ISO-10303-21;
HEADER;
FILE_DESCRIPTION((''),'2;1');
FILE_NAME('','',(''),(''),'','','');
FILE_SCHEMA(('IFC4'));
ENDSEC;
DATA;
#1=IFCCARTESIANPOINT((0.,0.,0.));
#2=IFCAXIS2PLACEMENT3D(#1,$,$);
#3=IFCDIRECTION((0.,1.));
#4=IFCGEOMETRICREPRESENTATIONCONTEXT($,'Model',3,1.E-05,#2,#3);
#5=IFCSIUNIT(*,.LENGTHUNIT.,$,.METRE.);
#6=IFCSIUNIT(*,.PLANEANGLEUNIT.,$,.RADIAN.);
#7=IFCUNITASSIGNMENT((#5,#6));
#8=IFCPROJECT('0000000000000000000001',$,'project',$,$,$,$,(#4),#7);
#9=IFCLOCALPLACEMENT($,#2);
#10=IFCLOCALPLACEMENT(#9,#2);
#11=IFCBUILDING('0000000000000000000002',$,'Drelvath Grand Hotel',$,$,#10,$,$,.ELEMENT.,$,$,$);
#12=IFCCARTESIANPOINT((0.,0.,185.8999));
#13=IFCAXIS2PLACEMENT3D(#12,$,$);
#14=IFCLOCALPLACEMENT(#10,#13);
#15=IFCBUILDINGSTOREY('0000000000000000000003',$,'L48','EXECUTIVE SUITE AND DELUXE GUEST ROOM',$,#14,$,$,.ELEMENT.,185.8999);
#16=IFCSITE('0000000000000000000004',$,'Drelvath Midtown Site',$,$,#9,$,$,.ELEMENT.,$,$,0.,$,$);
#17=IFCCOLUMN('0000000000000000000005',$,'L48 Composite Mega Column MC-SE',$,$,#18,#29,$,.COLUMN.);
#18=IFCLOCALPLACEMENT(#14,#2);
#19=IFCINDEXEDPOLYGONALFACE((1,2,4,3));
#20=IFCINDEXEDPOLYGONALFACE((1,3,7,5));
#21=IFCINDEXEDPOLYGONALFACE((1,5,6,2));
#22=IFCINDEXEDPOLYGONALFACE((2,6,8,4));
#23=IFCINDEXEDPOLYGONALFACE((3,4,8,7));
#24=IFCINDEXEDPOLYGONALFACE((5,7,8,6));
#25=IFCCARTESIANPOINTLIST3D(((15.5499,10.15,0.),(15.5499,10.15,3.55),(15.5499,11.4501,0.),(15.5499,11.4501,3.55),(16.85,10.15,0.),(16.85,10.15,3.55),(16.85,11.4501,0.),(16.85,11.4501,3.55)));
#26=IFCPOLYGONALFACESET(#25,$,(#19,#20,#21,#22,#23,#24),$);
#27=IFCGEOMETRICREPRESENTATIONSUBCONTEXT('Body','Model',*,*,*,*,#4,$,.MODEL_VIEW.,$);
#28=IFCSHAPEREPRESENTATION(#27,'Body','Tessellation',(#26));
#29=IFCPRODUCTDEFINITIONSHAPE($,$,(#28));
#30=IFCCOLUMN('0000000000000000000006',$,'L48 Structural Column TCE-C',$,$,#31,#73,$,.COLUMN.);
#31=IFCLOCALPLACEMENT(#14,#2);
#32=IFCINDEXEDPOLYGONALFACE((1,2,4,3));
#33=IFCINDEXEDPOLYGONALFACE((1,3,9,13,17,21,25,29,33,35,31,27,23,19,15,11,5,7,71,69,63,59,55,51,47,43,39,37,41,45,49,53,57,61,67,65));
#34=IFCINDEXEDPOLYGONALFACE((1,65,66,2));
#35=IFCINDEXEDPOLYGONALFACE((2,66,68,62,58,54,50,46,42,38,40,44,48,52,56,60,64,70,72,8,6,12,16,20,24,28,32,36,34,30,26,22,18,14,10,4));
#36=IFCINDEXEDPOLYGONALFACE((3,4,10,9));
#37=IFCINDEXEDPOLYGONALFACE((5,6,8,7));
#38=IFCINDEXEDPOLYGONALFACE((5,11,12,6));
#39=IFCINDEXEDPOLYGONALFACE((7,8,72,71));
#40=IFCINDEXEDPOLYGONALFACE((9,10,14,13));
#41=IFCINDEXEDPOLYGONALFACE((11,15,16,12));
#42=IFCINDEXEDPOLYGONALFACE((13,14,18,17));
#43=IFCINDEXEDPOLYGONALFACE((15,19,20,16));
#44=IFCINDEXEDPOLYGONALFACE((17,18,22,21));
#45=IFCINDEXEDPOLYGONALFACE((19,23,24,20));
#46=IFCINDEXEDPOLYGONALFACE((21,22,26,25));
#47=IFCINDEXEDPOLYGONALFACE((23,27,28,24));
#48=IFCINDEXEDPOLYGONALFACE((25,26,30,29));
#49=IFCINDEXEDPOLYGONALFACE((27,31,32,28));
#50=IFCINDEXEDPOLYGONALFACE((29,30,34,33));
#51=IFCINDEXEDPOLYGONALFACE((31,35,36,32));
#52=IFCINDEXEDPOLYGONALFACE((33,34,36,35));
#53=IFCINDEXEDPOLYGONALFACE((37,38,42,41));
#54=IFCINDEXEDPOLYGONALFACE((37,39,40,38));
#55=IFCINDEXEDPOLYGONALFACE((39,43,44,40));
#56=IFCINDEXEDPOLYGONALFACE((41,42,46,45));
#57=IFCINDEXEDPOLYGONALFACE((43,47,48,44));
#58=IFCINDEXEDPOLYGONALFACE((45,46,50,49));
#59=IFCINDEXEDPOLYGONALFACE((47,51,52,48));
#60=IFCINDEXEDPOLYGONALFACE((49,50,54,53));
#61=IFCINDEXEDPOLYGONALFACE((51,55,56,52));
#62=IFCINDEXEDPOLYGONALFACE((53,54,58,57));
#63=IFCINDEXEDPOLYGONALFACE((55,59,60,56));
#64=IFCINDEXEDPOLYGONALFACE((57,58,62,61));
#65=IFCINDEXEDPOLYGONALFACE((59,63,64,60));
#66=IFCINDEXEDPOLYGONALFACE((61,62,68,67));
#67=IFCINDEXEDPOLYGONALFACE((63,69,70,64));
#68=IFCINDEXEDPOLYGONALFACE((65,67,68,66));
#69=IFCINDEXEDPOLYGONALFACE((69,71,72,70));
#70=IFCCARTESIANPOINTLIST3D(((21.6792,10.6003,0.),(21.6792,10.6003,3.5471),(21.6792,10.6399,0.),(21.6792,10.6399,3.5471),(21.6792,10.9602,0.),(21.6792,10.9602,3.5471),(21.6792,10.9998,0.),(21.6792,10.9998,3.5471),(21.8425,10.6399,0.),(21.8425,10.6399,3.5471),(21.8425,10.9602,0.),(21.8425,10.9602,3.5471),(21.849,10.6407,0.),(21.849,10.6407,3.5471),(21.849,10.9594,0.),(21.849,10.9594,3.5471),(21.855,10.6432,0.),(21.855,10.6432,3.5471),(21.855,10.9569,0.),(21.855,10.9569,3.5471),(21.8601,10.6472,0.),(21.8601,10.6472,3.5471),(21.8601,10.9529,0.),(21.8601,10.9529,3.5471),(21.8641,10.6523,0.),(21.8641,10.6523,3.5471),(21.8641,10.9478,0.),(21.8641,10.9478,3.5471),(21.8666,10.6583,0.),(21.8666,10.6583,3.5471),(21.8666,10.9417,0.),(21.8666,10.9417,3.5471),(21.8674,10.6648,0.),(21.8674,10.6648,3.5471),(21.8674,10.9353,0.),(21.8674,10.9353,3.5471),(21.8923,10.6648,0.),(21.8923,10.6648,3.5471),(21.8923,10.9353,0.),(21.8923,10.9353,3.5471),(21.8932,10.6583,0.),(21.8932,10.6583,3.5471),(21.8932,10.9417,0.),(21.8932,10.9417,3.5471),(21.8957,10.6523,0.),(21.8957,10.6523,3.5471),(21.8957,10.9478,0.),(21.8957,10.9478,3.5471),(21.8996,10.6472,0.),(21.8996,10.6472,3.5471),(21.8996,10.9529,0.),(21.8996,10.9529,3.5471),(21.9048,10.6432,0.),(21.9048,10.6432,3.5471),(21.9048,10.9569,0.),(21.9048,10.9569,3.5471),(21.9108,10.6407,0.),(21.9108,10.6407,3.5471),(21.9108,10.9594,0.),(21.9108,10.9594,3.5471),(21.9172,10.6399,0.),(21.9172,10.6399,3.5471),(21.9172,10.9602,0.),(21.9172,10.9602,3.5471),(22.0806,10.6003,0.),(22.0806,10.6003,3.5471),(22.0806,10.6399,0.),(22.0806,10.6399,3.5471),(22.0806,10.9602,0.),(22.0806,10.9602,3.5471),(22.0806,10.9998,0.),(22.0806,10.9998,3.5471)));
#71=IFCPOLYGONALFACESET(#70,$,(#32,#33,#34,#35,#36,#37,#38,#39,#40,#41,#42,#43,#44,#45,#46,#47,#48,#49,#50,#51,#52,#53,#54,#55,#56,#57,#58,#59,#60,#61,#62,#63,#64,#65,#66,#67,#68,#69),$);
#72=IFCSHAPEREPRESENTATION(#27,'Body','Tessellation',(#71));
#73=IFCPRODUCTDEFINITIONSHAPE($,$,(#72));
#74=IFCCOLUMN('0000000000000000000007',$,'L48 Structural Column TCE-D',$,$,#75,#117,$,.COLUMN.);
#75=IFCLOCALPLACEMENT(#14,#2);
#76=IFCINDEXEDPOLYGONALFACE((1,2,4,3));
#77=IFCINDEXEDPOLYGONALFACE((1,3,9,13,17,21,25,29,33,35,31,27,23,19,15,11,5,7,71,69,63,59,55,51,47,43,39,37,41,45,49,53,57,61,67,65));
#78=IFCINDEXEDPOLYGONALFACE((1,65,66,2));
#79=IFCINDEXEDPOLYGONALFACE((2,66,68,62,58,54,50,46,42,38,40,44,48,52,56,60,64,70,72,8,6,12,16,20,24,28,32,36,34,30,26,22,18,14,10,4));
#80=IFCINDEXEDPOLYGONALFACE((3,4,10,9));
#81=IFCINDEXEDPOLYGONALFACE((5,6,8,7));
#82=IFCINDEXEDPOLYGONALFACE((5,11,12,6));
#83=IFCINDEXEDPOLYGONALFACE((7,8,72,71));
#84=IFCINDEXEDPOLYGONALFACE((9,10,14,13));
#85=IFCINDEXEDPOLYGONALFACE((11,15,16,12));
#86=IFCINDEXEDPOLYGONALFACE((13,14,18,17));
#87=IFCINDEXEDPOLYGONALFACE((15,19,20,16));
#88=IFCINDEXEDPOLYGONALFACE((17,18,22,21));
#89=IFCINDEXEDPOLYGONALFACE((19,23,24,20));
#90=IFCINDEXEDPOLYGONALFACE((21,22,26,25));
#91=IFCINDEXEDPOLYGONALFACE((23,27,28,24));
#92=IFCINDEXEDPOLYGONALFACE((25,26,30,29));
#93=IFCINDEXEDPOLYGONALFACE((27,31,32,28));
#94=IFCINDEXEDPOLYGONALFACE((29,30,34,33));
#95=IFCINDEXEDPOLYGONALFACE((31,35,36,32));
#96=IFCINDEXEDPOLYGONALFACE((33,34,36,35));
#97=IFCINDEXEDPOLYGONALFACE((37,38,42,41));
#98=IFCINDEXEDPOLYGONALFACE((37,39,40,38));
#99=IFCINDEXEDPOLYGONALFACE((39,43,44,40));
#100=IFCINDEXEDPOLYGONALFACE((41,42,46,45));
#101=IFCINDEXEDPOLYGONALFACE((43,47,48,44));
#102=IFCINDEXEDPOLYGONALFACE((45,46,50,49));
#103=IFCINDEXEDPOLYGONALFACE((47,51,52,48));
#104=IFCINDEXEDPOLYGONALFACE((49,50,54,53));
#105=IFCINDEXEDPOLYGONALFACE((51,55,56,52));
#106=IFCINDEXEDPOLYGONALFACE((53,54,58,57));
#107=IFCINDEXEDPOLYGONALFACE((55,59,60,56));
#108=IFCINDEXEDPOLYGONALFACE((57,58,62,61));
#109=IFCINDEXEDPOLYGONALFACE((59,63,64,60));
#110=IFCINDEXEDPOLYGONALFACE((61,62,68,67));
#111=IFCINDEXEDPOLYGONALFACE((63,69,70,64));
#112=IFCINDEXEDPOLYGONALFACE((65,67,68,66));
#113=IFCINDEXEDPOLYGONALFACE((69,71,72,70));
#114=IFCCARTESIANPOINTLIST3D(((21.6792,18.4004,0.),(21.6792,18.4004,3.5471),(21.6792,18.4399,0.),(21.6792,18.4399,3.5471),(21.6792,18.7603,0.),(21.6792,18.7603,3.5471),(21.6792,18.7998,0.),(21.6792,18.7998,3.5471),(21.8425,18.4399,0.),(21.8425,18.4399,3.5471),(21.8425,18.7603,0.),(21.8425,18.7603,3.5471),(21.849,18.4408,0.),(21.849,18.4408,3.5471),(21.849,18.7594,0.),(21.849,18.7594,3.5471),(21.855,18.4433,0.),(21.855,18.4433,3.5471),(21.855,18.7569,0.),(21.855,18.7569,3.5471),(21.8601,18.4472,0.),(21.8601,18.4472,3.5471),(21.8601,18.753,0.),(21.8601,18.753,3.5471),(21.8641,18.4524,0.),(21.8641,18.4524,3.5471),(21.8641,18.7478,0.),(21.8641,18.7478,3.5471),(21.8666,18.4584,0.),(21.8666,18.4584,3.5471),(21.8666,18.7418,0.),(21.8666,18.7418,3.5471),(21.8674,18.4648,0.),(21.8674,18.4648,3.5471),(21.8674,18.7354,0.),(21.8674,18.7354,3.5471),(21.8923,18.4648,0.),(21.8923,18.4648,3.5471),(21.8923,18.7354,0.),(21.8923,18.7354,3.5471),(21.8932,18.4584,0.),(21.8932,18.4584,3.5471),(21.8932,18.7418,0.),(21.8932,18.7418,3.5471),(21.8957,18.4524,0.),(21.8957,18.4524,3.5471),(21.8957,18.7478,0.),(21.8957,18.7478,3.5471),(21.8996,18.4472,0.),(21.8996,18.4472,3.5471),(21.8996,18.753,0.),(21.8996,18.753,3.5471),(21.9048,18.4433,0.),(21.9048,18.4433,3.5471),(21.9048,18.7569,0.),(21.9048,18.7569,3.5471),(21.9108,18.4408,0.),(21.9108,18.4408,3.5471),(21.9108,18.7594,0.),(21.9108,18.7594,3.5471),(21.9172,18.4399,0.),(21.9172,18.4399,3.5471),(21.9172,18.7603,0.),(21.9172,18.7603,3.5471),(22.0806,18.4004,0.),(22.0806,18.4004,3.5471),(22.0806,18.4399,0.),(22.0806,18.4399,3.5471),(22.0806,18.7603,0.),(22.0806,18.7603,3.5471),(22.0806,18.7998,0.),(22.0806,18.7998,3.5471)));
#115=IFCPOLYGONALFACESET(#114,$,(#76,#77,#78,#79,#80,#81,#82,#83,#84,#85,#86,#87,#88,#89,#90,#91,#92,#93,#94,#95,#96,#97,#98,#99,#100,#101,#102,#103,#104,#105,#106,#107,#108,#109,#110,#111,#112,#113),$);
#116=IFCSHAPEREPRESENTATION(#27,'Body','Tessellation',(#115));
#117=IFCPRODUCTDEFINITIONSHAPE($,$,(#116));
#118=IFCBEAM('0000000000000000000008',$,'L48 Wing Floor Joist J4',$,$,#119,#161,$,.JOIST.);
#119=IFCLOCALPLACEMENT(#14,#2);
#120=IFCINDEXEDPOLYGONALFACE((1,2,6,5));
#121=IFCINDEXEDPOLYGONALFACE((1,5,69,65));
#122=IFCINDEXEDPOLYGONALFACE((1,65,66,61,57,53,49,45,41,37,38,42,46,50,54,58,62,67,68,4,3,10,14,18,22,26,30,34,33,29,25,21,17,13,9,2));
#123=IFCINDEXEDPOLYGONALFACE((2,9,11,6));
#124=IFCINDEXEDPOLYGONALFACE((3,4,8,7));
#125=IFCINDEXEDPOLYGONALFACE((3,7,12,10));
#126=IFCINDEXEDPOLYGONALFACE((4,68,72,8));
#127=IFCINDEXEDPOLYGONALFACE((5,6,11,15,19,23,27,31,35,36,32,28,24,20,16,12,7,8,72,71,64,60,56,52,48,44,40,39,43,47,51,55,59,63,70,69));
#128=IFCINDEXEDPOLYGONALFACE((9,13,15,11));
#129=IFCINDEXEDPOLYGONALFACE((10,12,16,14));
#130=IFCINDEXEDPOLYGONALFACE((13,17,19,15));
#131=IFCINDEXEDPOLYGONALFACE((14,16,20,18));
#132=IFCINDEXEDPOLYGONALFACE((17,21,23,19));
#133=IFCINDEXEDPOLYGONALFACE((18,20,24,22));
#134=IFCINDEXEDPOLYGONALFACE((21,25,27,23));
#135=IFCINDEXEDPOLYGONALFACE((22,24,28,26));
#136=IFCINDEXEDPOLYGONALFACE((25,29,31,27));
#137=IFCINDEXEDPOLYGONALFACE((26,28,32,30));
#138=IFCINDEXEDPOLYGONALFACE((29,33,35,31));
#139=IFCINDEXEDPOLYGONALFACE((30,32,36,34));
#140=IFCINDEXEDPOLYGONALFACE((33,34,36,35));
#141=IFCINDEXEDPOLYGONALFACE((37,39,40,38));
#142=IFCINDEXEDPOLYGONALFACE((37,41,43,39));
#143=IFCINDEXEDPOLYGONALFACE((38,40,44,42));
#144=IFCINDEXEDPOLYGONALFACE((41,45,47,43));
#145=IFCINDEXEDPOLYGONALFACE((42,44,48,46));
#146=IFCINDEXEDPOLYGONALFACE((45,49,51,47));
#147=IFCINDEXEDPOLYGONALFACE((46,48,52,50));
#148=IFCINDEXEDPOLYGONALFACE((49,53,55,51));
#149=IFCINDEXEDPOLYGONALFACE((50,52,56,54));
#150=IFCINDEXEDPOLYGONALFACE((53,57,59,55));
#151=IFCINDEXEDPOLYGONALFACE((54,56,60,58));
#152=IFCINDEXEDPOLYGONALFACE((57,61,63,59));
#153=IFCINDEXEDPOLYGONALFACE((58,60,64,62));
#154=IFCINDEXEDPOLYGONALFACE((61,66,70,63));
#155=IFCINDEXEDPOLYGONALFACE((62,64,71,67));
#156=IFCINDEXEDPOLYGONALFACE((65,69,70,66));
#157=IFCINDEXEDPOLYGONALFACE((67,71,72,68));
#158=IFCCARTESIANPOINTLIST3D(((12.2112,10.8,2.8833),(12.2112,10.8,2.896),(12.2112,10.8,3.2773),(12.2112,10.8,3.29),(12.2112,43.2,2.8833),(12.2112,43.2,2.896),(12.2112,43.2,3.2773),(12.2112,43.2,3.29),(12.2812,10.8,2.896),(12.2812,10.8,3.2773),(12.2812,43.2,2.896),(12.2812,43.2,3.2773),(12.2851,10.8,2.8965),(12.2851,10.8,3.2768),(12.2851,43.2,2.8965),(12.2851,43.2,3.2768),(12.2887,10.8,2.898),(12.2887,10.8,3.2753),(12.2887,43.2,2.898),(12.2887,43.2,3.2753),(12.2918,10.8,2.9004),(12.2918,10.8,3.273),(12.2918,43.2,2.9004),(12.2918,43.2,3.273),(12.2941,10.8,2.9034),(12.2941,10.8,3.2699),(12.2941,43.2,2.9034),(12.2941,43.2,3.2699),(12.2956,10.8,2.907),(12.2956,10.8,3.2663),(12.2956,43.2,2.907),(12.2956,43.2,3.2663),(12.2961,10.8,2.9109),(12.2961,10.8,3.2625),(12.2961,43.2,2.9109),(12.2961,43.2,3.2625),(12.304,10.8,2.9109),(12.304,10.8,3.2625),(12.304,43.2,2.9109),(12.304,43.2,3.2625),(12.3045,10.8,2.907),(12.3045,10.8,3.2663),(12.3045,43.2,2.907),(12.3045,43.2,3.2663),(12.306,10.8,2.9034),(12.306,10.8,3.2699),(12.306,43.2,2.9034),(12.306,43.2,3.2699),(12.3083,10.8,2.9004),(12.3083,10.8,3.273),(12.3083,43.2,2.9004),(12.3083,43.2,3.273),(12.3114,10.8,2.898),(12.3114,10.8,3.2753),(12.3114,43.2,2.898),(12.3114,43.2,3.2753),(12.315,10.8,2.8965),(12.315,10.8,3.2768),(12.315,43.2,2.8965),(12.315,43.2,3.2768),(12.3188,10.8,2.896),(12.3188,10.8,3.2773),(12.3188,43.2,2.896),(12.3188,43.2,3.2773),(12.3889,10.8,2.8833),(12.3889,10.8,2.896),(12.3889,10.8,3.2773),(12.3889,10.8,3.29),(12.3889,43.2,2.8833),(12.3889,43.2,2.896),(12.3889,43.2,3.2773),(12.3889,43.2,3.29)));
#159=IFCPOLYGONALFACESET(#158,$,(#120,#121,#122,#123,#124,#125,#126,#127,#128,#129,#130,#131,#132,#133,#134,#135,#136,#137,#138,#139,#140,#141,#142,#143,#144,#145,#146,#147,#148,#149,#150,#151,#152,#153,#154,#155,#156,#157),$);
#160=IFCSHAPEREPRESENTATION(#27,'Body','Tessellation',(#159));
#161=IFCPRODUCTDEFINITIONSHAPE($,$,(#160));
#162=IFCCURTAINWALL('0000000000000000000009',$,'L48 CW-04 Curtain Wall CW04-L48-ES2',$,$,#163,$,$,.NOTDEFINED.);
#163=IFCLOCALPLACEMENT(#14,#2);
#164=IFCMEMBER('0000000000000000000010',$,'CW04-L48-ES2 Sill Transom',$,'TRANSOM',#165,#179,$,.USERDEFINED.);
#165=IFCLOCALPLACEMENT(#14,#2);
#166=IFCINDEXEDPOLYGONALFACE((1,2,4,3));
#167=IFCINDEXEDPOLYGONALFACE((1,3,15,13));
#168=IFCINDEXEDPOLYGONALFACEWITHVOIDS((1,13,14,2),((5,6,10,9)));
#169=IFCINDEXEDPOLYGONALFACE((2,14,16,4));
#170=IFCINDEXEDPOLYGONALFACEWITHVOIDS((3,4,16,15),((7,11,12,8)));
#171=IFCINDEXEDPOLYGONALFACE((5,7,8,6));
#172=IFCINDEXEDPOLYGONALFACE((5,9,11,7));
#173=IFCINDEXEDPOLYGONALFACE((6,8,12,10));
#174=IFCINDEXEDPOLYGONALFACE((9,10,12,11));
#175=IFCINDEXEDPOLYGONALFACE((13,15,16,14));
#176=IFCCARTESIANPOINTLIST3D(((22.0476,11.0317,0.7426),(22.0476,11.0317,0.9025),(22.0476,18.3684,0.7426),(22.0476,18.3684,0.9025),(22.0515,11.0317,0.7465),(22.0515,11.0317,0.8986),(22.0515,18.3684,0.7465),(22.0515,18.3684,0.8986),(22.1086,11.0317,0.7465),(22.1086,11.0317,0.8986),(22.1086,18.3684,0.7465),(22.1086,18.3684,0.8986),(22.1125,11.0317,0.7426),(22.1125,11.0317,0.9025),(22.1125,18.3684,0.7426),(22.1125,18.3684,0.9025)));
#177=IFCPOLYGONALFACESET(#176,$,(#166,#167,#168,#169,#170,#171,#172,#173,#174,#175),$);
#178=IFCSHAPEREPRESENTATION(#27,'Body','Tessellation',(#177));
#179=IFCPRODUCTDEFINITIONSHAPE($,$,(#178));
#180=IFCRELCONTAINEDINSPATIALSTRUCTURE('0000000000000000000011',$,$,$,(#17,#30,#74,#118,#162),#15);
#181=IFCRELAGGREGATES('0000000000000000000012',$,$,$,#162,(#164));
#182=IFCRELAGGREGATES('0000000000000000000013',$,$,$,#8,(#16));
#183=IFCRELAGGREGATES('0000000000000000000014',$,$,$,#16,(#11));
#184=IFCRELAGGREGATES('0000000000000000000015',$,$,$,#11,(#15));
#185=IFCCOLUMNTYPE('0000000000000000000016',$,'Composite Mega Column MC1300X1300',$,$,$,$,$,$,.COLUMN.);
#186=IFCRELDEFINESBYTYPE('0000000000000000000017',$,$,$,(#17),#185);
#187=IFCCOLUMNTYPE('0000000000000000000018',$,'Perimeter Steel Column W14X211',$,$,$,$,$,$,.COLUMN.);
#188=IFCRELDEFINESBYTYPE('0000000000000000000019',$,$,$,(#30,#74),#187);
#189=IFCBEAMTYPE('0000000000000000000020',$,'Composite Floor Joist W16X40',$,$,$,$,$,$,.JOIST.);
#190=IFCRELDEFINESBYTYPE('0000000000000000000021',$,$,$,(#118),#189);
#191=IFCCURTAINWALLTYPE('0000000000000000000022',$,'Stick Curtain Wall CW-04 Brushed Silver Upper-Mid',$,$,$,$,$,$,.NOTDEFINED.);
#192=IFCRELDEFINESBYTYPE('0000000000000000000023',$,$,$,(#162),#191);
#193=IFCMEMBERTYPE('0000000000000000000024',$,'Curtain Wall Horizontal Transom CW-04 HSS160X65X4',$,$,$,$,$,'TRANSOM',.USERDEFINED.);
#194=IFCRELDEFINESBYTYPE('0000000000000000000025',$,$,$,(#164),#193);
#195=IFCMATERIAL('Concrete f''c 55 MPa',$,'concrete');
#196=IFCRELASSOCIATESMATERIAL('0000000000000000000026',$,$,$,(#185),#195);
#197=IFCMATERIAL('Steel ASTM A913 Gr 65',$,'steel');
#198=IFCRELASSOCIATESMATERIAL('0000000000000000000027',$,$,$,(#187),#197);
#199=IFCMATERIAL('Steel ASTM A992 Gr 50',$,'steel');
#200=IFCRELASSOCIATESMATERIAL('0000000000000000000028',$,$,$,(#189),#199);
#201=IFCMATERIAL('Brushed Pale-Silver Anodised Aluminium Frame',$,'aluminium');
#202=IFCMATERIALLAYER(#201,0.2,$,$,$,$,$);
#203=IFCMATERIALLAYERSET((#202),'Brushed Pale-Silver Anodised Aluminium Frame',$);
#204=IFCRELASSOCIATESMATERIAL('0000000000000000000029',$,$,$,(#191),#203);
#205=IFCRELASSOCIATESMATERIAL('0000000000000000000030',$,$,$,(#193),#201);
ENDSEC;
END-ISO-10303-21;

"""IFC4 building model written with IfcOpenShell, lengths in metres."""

from ifc_helpers import new_model, si_unit, direction, frame, origin, origin_2d, place, context, subcontext, project, spatial, rectangle, hollow_rectangle, i_section, extrude, material, layer, layer_set, material_profile, profile_set, type_object, element, aggregate, save


model = new_model("IFC4")

# Units and contexts
model_context = context("Model", 3, precision=1e-05, world=origin(), true_north=direction((0.0, 1.0)))
body_context = subcontext(model_context, "Body", "Model", "MODEL_VIEW")
ifc_project = project(units=[si_unit("LENGTHUNIT", "METRE"), si_unit("PLANEANGLEUNIT", "RADIAN")], contexts=[model_context])

# Site, building, storey
site_placement = place(None, origin())
site = spatial("IfcSite", under=ifc_project, at=site_placement, Name="Drelvath Midtown Site", CompositionType="ELEMENT", RefElevation=0.0)
building_placement = place(site_placement, origin())
building = spatial("IfcBuilding", under=site, at=building_placement, Name="Drelvath Grand Hotel", CompositionType="ELEMENT")
storey_placement = place(building_placement, frame((0.0, 0.0, 185.8999)))
storey = spatial("IfcBuildingStorey", under=building, at=storey_placement, Name="L48", Description="EXECUTIVE SUITE AND DELUXE GUEST ROOM", CompositionType="ELEMENT", Elevation=185.8999)

# Columns
ifc_material_1 = material(Name="Concrete f'c 55 MPa", Category="concrete")
ifc_material_profile_1 = material_profile(ifc_material_1, rectangle(XDim=1.3, YDim=1.3, at=origin_2d()), Name="MC1300X1300")
ifc_profile_set_1 = profile_set([ifc_material_profile_1], Name="Concrete f'c 55 MPa")
column_type_1 = type_object("IfcColumnType", Name="Composite Mega Column MC1300X1300", PredefinedType="COLUMN", material=ifc_profile_set_1)
column_placement = place(storey_placement, frame((16.2, 10.8, 0.0), z_axis=(0.0, 0.0, 1.0), x_axis=(1.0, 0.0, 0.0)))
element("IfcColumn", 1, at=column_placement, inside=storey, type_object=column_type_1, Name="L48 Composite Mega Column MC-SE", PredefinedType="COLUMN", context=body_context, shape_type="SweptSolid", body=[
    extrude(rectangle(XDim=1.3, YDim=1.3, at=origin_2d()), origin(), (0.0, 0.0, 1.0), 3.55),
])
ifc_material_2 = material(Name="Steel ASTM A913 Gr 65", Category="steel")
ifc_material_profile_2 = material_profile(ifc_material_2, i_section(OverallWidth=0.4014, OverallDepth=0.3994, WebThickness=0.0249, FlangeThickness=0.0396, FilletRadius=0.0249, at=origin_2d()), Name="W14X211")
ifc_profile_set_2 = profile_set([ifc_material_profile_2], Name="Steel ASTM A913 Gr 65")
column_type_2 = type_object("IfcColumnType", Name="Perimeter Steel Column W14X211", PredefinedType="COLUMN", material=ifc_profile_set_2)
for number, where, z_axis, x_axis, name in (
    (2, (21.8799, 10.8, 0.0), (0.0, 0.0, 1.0), (1.0, 0.0, 0.0), "L48 Structural Column TCE-C"),
    (3, (21.8799, 18.6001, 0.0), (0.0, 0.0, 1.0), (1.0, 0.0, 0.0), "L48 Structural Column TCE-D"),
):
    element("IfcColumn", number, at=place(storey_placement, frame(where, z_axis=z_axis, x_axis=x_axis)), inside=storey, type_object=column_type_2, Name=name, PredefinedType="COLUMN", context=body_context, shape_type="SweptSolid", body=[
        extrude(i_section(OverallWidth=0.4014, OverallDepth=0.3994, WebThickness=0.0249, FlangeThickness=0.0396, FilletRadius=0.0249, at=origin_2d()), origin(), (0.0, 0.0, 1.0), 3.5471),
    ])

# Beam
ifc_material_3 = material(Name="Steel ASTM A992 Gr 50", Category="steel")
ifc_material_profile_3 = material_profile(ifc_material_3, i_section(OverallWidth=0.1777, OverallDepth=0.4067, WebThickness=0.0078, FlangeThickness=0.0127, FilletRadius=0.0149, at=origin_2d()), Name="W16X40")
ifc_profile_set_3 = profile_set([ifc_material_profile_3], Name="Steel ASTM A992 Gr 50")
beam_type_1 = type_object("IfcBeamType", Name="Composite Floor Joist W16X40", PredefinedType="JOIST", material=ifc_profile_set_3)
beam_1_placement = place(storey_placement, frame((12.3, 10.8, 3.0867), z_axis=(0.0, 1.0, 0.0), x_axis=(-1.0, 0.0, 0.0)))
element("IfcBeam", 4, at=beam_1_placement, inside=storey, type_object=beam_type_1, Name="L48 Wing Floor Joist J4", PredefinedType="JOIST", context=body_context, shape_type="SweptSolid", body=[
    extrude(i_section(OverallWidth=0.1777, OverallDepth=0.4067, WebThickness=0.0078, FlangeThickness=0.0127, FilletRadius=0.0149, at=origin_2d()), origin(), (0.0, 0.0, 1.0), 32.3999),
])

# Curtain wall, member
ifc_material_4 = material(Name="Brushed Pale-Silver Anodised Aluminium Frame", Category="aluminium")
ifc_layer_1 = layer(ifc_material_4, 0.2)
ifc_layer_set_1 = layer_set([ifc_layer_1], Name="Brushed Pale-Silver Anodised Aluminium Frame")
curtain_wall_type = type_object("IfcCurtainWallType", Name="Stick Curtain Wall CW-04 Brushed Silver Upper-Mid", PredefinedType="NOTDEFINED", material=ifc_layer_set_1)
curtain_wall_1_placement = place(storey_placement, origin())
curtain_wall_1 = element("IfcCurtainWall", 5, at=curtain_wall_1_placement, inside=storey, type_object=curtain_wall_type, Name="L48 CW-04 Curtain Wall CW04-L48-ES2", PredefinedType="NOTDEFINED")
ifc_material_profile_4 = material_profile(ifc_material_4, hollow_rectangle(XDim=0.0649, YDim=0.1599, WallThickness=0.0039, at=origin_2d()), Name="HSS160X65X4")
ifc_profile_set_4 = profile_set([ifc_material_profile_4], Name="Brushed Pale-Silver Anodised Aluminium Frame")
member_type_1 = type_object("IfcMemberType", Name="Curtain Wall Horizontal Transom CW-04 HSS160X65X4", ElementType="TRANSOM", PredefinedType="USERDEFINED", material=ifc_profile_set_4)
member_1_placement = place(storey_placement, frame((22.0801, 18.3684, 0.8225), z_axis=(0.0, -1.0, 0.0), x_axis=(1.0, 0.0, 0.0)))
member_1 = element("IfcMember", 6, at=member_1_placement, type_object=member_type_1, Name="CW04-L48-ES2 Sill Transom", ObjectType="TRANSOM", PredefinedType="USERDEFINED", context=body_context, shape_type="SweptSolid", body=[
    extrude(hollow_rectangle(XDim=0.0649, YDim=0.1599, WallThickness=0.0039, at=origin_2d()), origin(), (0.0, 0.0, 1.0), 7.3367),
])

aggregate(curtain_wall_1, [member_1])

save(model, "model.ifc")
